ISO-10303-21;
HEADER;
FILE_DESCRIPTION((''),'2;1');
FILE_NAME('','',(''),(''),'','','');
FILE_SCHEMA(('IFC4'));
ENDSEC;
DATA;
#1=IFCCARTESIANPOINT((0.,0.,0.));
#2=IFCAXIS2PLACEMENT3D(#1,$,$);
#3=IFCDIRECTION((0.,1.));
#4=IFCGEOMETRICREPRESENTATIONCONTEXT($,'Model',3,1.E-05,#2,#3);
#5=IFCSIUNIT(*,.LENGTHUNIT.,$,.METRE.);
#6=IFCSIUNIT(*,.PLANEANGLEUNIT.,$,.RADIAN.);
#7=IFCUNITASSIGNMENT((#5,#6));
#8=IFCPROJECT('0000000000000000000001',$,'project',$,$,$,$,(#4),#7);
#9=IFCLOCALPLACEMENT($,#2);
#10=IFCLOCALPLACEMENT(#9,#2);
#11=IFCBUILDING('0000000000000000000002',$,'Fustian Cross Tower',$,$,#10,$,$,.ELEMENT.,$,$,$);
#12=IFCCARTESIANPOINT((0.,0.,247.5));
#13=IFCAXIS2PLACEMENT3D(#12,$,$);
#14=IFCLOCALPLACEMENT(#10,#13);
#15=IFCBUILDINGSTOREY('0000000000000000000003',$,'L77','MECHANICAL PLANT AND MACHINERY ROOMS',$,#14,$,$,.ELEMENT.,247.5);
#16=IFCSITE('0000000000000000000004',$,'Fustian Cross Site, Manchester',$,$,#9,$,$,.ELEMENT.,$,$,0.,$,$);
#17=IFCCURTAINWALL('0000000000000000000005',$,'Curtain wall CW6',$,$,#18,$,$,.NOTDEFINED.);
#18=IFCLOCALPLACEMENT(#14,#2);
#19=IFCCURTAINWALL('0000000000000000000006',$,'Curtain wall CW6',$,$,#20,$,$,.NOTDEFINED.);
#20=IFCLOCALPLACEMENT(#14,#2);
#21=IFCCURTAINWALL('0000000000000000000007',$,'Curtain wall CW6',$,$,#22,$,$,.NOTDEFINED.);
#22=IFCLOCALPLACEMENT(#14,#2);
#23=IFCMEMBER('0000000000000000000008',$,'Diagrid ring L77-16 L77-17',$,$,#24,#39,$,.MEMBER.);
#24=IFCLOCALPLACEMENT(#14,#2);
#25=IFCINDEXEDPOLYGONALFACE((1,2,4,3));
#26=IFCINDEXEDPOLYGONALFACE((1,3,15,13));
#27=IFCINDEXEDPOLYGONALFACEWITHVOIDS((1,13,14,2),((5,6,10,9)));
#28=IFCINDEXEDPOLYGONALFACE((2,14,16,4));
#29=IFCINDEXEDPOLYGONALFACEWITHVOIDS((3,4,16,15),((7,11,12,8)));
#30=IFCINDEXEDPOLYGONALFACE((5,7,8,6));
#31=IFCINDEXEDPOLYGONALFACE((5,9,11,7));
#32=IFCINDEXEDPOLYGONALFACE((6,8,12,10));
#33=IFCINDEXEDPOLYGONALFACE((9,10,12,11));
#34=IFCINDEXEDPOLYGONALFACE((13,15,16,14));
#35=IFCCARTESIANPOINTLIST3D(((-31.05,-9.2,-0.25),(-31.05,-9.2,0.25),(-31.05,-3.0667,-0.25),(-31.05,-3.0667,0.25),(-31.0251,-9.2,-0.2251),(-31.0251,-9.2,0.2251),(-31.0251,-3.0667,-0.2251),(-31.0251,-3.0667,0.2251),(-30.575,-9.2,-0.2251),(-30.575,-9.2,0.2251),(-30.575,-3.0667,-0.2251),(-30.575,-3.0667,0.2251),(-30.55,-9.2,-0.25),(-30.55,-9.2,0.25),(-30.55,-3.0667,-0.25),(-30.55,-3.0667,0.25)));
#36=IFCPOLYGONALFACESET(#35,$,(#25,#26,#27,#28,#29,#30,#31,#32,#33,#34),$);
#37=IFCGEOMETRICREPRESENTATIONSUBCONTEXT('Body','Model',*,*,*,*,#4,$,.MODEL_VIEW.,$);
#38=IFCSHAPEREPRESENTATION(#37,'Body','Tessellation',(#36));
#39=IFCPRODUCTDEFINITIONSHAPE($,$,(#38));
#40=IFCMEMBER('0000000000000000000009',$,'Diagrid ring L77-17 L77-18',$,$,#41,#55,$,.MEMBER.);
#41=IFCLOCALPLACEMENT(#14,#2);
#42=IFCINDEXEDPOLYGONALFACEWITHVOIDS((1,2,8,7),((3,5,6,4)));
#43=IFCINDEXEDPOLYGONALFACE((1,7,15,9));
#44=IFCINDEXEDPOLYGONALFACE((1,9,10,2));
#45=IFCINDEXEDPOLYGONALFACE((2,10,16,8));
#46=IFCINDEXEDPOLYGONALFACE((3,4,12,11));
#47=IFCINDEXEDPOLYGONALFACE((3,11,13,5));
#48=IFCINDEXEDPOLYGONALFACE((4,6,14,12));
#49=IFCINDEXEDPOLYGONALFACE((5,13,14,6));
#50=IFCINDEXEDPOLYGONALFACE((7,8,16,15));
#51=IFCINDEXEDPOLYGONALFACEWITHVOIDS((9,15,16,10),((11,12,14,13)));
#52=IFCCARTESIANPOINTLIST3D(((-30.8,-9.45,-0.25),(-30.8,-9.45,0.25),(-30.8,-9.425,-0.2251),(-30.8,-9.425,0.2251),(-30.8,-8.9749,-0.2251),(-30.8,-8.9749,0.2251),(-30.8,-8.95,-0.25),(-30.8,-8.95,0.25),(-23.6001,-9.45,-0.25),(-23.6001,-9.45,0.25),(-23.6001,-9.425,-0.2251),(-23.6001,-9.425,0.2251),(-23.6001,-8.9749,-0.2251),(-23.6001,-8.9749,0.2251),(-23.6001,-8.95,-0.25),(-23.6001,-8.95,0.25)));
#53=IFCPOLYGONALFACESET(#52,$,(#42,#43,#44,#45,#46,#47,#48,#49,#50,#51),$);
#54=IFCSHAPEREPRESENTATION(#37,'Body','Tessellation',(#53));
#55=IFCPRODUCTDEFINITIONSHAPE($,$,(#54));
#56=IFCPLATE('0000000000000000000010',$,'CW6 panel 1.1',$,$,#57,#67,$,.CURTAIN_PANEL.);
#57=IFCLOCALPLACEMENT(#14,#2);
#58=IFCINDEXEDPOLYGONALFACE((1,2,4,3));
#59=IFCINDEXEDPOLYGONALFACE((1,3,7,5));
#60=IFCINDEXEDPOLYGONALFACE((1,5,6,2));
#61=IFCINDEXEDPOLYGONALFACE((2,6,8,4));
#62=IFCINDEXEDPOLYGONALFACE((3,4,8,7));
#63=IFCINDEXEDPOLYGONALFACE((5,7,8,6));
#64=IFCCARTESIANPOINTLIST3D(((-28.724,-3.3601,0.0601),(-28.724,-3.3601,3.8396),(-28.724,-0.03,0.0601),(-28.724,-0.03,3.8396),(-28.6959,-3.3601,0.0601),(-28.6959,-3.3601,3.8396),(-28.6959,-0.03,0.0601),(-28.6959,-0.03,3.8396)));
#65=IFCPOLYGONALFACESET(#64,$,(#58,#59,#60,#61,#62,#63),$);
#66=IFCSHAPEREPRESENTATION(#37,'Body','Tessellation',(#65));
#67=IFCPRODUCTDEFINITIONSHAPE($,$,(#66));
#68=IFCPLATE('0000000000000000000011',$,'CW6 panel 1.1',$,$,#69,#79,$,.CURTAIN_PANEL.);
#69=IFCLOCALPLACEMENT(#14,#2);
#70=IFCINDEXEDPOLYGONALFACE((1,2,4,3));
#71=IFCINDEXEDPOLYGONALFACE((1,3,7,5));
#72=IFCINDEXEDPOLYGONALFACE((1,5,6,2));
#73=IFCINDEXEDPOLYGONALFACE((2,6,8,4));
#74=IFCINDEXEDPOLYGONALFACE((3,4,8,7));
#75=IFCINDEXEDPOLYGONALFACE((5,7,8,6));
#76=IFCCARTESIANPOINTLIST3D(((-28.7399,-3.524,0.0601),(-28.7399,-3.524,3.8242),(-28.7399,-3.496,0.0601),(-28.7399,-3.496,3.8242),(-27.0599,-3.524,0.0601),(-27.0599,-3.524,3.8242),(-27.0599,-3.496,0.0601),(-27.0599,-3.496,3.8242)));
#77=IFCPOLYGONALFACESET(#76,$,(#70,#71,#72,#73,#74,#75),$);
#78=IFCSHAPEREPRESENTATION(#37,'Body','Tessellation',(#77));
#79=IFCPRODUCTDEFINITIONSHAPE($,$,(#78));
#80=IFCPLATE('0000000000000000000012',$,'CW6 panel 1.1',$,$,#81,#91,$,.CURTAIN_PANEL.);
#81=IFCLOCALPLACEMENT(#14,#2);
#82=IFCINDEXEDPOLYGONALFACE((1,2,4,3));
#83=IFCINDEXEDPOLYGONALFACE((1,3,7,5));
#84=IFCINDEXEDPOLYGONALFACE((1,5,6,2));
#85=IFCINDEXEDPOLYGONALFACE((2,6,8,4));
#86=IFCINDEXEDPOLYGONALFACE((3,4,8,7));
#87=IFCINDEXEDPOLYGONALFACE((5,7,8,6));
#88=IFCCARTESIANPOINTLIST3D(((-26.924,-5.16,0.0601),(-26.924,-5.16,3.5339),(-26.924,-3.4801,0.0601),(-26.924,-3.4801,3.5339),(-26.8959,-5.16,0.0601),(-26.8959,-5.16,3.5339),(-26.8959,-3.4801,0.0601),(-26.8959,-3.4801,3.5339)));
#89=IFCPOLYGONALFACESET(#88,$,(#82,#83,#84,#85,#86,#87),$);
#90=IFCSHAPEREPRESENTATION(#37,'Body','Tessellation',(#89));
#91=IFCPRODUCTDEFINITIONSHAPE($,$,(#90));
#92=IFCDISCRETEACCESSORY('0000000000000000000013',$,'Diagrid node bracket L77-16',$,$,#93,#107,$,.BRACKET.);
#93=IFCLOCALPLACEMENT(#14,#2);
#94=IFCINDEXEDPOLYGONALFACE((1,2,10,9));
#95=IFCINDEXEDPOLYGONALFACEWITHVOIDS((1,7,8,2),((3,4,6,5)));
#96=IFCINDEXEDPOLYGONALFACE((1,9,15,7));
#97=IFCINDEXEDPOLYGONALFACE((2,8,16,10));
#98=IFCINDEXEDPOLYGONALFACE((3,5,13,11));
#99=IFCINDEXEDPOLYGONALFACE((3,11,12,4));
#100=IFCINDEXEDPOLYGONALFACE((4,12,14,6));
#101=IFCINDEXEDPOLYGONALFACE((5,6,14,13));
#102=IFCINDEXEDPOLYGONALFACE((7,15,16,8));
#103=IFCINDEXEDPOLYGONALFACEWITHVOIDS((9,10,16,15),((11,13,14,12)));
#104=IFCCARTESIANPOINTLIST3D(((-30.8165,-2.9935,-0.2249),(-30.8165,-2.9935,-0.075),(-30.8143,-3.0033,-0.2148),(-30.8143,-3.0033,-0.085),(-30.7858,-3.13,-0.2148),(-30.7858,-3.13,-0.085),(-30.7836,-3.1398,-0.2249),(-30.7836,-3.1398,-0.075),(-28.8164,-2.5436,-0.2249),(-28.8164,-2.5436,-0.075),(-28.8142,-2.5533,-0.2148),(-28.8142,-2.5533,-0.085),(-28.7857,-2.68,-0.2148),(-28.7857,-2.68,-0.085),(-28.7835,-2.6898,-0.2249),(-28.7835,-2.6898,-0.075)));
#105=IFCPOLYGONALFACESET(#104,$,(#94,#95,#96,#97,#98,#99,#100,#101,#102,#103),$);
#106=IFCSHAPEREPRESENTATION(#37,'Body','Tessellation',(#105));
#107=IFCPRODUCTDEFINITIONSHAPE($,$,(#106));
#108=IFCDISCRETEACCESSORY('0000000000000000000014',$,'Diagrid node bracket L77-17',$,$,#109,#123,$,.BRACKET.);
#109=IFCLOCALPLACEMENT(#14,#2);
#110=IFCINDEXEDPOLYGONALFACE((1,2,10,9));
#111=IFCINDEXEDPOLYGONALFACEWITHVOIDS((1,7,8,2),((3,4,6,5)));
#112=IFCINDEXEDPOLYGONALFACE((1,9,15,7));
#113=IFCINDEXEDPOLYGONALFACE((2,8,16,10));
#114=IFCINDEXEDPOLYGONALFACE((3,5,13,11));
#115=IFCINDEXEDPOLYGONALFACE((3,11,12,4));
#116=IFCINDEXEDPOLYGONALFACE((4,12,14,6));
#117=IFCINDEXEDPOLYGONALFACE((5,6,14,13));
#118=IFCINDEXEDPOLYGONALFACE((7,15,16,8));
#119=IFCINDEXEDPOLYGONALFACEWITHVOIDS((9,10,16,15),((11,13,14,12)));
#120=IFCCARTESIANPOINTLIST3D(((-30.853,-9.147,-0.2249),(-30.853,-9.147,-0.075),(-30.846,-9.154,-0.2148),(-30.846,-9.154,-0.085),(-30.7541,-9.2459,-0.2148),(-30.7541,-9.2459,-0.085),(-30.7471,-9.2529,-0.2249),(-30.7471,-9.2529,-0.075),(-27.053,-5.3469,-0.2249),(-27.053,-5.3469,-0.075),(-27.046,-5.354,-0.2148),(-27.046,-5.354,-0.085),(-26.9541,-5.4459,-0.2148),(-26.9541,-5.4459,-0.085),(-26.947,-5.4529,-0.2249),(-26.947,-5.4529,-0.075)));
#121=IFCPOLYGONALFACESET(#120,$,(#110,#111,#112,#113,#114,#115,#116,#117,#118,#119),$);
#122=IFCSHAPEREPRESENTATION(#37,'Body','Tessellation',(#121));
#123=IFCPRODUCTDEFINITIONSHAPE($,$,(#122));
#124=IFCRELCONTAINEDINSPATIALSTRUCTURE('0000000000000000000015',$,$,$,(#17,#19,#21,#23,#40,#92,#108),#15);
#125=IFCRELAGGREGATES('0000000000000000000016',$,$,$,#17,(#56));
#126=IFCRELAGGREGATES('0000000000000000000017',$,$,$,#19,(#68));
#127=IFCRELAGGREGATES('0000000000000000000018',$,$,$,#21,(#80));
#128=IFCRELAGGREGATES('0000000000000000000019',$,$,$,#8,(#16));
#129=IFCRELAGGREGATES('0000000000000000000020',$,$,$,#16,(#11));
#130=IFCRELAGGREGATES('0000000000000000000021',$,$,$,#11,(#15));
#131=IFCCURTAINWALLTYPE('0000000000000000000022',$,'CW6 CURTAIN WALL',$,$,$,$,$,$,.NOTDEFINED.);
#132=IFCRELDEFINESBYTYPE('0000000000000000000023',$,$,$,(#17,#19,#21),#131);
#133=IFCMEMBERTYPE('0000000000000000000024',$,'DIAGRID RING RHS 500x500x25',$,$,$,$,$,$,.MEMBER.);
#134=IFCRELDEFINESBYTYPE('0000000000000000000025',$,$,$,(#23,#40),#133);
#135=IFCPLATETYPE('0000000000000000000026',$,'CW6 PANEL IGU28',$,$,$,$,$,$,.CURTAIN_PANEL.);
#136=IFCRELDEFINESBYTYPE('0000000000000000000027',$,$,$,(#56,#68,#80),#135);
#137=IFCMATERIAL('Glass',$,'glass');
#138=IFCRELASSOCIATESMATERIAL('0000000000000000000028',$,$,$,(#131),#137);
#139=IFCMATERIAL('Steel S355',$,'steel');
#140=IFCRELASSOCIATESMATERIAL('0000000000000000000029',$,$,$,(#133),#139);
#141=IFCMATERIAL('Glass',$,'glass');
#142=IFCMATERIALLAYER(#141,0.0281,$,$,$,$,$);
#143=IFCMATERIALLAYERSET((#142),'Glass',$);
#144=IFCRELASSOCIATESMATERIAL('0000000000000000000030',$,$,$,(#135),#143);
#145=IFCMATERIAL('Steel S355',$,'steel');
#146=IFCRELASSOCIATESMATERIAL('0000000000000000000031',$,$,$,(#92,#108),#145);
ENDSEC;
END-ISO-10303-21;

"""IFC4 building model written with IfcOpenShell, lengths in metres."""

from ifc_helpers import new_model, si_unit, direction, frame, origin, origin_2d, place, context, subcontext, project, spatial, rectangle, hollow_rectangle, extrude, material, layer, layer_set, material_profile, profile_set, type_object, element, aggregate, save


model = new_model("IFC4")

# Units and contexts
model_context = context("Model", 3, precision=1e-05, world=origin(), true_north=direction((0.0, 1.0)))
body_context = subcontext(model_context, "Body", "Model", "MODEL_VIEW")
ifc_project = project(units=[si_unit("LENGTHUNIT", "METRE"), si_unit("PLANEANGLEUNIT", "RADIAN")], contexts=[model_context])

# Site, building, storey
site_placement = place(None, origin())
site = spatial("IfcSite", under=ifc_project, at=site_placement, Name="Fustian Cross Site, Manchester", CompositionType="ELEMENT", RefElevation=0.0)
building_placement = place(site_placement, origin())
building = spatial("IfcBuilding", under=site, at=building_placement, Name="Fustian Cross Tower", CompositionType="ELEMENT")
storey_placement = place(building_placement, frame((0.0, 0.0, 247.5)))
storey = spatial("IfcBuildingStorey", under=building, at=storey_placement, Name="L77", Description="MECHANICAL PLANT AND MACHINERY ROOMS", CompositionType="ELEMENT", Elevation=247.5)

# Curtain walls
ifc_material_1 = material(Name="Glass", Category="glass")
curtain_wall_type = type_object("IfcCurtainWallType", Name="CW6 CURTAIN WALL", PredefinedType="NOTDEFINED", material=ifc_material_1)
curtain_wall_1_placement = place(storey_placement, origin())
curtain_wall_1 = element("IfcCurtainWall", 1, at=curtain_wall_1_placement, inside=storey, type_object=curtain_wall_type, Name="Curtain wall CW6", PredefinedType="NOTDEFINED")
curtain_wall_2_placement = place(storey_placement, origin())
curtain_wall_2 = element("IfcCurtainWall", 2, at=curtain_wall_2_placement, inside=storey, type_object=curtain_wall_type, Name="Curtain wall CW6", PredefinedType="NOTDEFINED")
curtain_wall_3_placement = place(storey_placement, origin())
curtain_wall_3 = element("IfcCurtainWall", 3, at=curtain_wall_3_placement, inside=storey, type_object=curtain_wall_type, Name="Curtain wall CW6", PredefinedType="NOTDEFINED")

# Members
ifc_material_2 = material(Name="Steel S355", Category="steel")
ifc_material_profile_1 = material_profile(ifc_material_2, hollow_rectangle(XDim=0.5, YDim=0.5, WallThickness=0.0249, at=origin_2d()), Name="RHS 500x500x25")
ifc_profile_set_1 = profile_set([ifc_material_profile_1], Name="Steel S355")
member_type_1 = type_object("IfcMemberType", Name="DIAGRID RING RHS 500x500x25", PredefinedType="MEMBER", material=ifc_profile_set_1)
member_1_placement = place(storey_placement, frame((-30.8, -3.0667, 0.0), z_axis=(0.0, -1.0, 0.0), x_axis=(1.0, 0.0, 0.0)))
element("IfcMember", 4, at=member_1_placement, inside=storey, type_object=member_type_1, Name="Diagrid ring L77-16 L77-17", PredefinedType="MEMBER", context=body_context, shape_type="SweptSolid", body=[
    extrude(hollow_rectangle(XDim=0.5, YDim=0.5, WallThickness=0.0249, at=origin_2d()), origin(), (0.0, 0.0, 1.0), 6.1333),
])
member_2_placement = place(storey_placement, frame((-30.8, -9.2, 0.0), z_axis=(1.0, 0.0, 0.0), x_axis=(0.0, 1.0, 0.0)))
element("IfcMember", 5, at=member_2_placement, inside=storey, type_object=member_type_1, Name="Diagrid ring L77-17 L77-18", PredefinedType="MEMBER", context=body_context, shape_type="SweptSolid", body=[
    extrude(hollow_rectangle(XDim=0.5, YDim=0.5, WallThickness=0.0249, at=origin_2d()), origin(), (0.0, 0.0, 1.0), 7.2),
])

# Plates
ifc_material_3 = material(Name="Glass", Category="glass")
ifc_layer = layer(ifc_material_3, 0.0281)
ifc_layer_set = layer_set([ifc_layer], Name="Glass")
plate_type = type_object("IfcPlateType", Name="CW6 PANEL IGU28", PredefinedType="CURTAIN_PANEL", material=ifc_layer_set)
plate_1_placement = place(storey_placement, frame((-28.71, -1.6951, 0.0601), z_axis=(0.0, 0.0, 1.0), x_axis=(0.0, -1.0, 0.0)))
plate_1 = element("IfcPlate", 6, at=plate_1_placement, type_object=plate_type, Name="CW6 panel 1.1", PredefinedType="CURTAIN_PANEL", context=body_context, shape_type="SweptSolid", body=[
    extrude(rectangle(XDim=3.3301, YDim=0.0281, at=origin_2d()), origin(), (0.0, 0.0, 1.0), 3.7795),
])
aggregate(curtain_wall_1, [plate_1])
plate_2_placement = place(storey_placement, frame((-27.8999, -3.51, 0.0601), z_axis=(0.0, 0.0, 1.0), x_axis=(1.0, 0.0, 0.0)))
plate_2 = element("IfcPlate", 7, at=plate_2_placement, type_object=plate_type, Name="CW6 panel 1.1", PredefinedType="CURTAIN_PANEL", context=body_context, shape_type="SweptSolid", body=[
    extrude(rectangle(XDim=1.6799, YDim=0.0281, at=origin_2d()), origin(), (0.0, 0.0, 1.0), 3.7642),
])
aggregate(curtain_wall_2, [plate_2])
plate_3_placement = place(storey_placement, frame((-26.9099, -4.3201, 0.0601), z_axis=(0.0, 0.0, 1.0), x_axis=(0.0, -1.0, 0.0)))
plate_3 = element("IfcPlate", 8, at=plate_3_placement, type_object=plate_type, Name="CW6 panel 1.1", PredefinedType="CURTAIN_PANEL", context=body_context, shape_type="SweptSolid", body=[
    extrude(rectangle(XDim=1.6799, YDim=0.0281, at=origin_2d()), origin(), (0.0, 0.0, 1.0), 3.4739),
])
aggregate(curtain_wall_3, [plate_3])

# Discrete accessories
ifc_material_4 = material(Name="Steel S355", Category="steel")
discrete_accessory_1_placement = place(storey_placement, frame((-30.8, -3.0667, -0.1499), z_axis=(0.975615, 0.21949, 0.0), x_axis=(-0.21949, 0.975615, 0.0)))
element("IfcDiscreteAccessory", 9, at=discrete_accessory_1_placement, inside=storey, material=ifc_material_4, Name="Diagrid node bracket L77-16", PredefinedType="BRACKET", context=body_context, shape_type="SweptSolid", body=[
    extrude(hollow_rectangle(XDim=0.1499, YDim=0.1499, WallThickness=0.01, at=origin_2d()), origin(), (0.0, 0.0, 1.0), 2.05),
])
discrete_accessory_2_placement = place(storey_placement, frame((-30.8, -9.2, -0.1499), z_axis=(0.707107, 0.707107, 0.0), x_axis=(-0.707107, 0.707107, 0.0)))
element("IfcDiscreteAccessory", 10, at=discrete_accessory_2_placement, inside=storey, material=ifc_material_4, Name="Diagrid node bracket L77-17", PredefinedType="BRACKET", context=body_context, shape_type="SweptSolid", body=[
    extrude(hollow_rectangle(XDim=0.1499, YDim=0.1499, WallThickness=0.01, at=origin_2d()), origin(), (0.0, 0.0, 1.0), 5.374),
])

save(model, "model.ifc")
